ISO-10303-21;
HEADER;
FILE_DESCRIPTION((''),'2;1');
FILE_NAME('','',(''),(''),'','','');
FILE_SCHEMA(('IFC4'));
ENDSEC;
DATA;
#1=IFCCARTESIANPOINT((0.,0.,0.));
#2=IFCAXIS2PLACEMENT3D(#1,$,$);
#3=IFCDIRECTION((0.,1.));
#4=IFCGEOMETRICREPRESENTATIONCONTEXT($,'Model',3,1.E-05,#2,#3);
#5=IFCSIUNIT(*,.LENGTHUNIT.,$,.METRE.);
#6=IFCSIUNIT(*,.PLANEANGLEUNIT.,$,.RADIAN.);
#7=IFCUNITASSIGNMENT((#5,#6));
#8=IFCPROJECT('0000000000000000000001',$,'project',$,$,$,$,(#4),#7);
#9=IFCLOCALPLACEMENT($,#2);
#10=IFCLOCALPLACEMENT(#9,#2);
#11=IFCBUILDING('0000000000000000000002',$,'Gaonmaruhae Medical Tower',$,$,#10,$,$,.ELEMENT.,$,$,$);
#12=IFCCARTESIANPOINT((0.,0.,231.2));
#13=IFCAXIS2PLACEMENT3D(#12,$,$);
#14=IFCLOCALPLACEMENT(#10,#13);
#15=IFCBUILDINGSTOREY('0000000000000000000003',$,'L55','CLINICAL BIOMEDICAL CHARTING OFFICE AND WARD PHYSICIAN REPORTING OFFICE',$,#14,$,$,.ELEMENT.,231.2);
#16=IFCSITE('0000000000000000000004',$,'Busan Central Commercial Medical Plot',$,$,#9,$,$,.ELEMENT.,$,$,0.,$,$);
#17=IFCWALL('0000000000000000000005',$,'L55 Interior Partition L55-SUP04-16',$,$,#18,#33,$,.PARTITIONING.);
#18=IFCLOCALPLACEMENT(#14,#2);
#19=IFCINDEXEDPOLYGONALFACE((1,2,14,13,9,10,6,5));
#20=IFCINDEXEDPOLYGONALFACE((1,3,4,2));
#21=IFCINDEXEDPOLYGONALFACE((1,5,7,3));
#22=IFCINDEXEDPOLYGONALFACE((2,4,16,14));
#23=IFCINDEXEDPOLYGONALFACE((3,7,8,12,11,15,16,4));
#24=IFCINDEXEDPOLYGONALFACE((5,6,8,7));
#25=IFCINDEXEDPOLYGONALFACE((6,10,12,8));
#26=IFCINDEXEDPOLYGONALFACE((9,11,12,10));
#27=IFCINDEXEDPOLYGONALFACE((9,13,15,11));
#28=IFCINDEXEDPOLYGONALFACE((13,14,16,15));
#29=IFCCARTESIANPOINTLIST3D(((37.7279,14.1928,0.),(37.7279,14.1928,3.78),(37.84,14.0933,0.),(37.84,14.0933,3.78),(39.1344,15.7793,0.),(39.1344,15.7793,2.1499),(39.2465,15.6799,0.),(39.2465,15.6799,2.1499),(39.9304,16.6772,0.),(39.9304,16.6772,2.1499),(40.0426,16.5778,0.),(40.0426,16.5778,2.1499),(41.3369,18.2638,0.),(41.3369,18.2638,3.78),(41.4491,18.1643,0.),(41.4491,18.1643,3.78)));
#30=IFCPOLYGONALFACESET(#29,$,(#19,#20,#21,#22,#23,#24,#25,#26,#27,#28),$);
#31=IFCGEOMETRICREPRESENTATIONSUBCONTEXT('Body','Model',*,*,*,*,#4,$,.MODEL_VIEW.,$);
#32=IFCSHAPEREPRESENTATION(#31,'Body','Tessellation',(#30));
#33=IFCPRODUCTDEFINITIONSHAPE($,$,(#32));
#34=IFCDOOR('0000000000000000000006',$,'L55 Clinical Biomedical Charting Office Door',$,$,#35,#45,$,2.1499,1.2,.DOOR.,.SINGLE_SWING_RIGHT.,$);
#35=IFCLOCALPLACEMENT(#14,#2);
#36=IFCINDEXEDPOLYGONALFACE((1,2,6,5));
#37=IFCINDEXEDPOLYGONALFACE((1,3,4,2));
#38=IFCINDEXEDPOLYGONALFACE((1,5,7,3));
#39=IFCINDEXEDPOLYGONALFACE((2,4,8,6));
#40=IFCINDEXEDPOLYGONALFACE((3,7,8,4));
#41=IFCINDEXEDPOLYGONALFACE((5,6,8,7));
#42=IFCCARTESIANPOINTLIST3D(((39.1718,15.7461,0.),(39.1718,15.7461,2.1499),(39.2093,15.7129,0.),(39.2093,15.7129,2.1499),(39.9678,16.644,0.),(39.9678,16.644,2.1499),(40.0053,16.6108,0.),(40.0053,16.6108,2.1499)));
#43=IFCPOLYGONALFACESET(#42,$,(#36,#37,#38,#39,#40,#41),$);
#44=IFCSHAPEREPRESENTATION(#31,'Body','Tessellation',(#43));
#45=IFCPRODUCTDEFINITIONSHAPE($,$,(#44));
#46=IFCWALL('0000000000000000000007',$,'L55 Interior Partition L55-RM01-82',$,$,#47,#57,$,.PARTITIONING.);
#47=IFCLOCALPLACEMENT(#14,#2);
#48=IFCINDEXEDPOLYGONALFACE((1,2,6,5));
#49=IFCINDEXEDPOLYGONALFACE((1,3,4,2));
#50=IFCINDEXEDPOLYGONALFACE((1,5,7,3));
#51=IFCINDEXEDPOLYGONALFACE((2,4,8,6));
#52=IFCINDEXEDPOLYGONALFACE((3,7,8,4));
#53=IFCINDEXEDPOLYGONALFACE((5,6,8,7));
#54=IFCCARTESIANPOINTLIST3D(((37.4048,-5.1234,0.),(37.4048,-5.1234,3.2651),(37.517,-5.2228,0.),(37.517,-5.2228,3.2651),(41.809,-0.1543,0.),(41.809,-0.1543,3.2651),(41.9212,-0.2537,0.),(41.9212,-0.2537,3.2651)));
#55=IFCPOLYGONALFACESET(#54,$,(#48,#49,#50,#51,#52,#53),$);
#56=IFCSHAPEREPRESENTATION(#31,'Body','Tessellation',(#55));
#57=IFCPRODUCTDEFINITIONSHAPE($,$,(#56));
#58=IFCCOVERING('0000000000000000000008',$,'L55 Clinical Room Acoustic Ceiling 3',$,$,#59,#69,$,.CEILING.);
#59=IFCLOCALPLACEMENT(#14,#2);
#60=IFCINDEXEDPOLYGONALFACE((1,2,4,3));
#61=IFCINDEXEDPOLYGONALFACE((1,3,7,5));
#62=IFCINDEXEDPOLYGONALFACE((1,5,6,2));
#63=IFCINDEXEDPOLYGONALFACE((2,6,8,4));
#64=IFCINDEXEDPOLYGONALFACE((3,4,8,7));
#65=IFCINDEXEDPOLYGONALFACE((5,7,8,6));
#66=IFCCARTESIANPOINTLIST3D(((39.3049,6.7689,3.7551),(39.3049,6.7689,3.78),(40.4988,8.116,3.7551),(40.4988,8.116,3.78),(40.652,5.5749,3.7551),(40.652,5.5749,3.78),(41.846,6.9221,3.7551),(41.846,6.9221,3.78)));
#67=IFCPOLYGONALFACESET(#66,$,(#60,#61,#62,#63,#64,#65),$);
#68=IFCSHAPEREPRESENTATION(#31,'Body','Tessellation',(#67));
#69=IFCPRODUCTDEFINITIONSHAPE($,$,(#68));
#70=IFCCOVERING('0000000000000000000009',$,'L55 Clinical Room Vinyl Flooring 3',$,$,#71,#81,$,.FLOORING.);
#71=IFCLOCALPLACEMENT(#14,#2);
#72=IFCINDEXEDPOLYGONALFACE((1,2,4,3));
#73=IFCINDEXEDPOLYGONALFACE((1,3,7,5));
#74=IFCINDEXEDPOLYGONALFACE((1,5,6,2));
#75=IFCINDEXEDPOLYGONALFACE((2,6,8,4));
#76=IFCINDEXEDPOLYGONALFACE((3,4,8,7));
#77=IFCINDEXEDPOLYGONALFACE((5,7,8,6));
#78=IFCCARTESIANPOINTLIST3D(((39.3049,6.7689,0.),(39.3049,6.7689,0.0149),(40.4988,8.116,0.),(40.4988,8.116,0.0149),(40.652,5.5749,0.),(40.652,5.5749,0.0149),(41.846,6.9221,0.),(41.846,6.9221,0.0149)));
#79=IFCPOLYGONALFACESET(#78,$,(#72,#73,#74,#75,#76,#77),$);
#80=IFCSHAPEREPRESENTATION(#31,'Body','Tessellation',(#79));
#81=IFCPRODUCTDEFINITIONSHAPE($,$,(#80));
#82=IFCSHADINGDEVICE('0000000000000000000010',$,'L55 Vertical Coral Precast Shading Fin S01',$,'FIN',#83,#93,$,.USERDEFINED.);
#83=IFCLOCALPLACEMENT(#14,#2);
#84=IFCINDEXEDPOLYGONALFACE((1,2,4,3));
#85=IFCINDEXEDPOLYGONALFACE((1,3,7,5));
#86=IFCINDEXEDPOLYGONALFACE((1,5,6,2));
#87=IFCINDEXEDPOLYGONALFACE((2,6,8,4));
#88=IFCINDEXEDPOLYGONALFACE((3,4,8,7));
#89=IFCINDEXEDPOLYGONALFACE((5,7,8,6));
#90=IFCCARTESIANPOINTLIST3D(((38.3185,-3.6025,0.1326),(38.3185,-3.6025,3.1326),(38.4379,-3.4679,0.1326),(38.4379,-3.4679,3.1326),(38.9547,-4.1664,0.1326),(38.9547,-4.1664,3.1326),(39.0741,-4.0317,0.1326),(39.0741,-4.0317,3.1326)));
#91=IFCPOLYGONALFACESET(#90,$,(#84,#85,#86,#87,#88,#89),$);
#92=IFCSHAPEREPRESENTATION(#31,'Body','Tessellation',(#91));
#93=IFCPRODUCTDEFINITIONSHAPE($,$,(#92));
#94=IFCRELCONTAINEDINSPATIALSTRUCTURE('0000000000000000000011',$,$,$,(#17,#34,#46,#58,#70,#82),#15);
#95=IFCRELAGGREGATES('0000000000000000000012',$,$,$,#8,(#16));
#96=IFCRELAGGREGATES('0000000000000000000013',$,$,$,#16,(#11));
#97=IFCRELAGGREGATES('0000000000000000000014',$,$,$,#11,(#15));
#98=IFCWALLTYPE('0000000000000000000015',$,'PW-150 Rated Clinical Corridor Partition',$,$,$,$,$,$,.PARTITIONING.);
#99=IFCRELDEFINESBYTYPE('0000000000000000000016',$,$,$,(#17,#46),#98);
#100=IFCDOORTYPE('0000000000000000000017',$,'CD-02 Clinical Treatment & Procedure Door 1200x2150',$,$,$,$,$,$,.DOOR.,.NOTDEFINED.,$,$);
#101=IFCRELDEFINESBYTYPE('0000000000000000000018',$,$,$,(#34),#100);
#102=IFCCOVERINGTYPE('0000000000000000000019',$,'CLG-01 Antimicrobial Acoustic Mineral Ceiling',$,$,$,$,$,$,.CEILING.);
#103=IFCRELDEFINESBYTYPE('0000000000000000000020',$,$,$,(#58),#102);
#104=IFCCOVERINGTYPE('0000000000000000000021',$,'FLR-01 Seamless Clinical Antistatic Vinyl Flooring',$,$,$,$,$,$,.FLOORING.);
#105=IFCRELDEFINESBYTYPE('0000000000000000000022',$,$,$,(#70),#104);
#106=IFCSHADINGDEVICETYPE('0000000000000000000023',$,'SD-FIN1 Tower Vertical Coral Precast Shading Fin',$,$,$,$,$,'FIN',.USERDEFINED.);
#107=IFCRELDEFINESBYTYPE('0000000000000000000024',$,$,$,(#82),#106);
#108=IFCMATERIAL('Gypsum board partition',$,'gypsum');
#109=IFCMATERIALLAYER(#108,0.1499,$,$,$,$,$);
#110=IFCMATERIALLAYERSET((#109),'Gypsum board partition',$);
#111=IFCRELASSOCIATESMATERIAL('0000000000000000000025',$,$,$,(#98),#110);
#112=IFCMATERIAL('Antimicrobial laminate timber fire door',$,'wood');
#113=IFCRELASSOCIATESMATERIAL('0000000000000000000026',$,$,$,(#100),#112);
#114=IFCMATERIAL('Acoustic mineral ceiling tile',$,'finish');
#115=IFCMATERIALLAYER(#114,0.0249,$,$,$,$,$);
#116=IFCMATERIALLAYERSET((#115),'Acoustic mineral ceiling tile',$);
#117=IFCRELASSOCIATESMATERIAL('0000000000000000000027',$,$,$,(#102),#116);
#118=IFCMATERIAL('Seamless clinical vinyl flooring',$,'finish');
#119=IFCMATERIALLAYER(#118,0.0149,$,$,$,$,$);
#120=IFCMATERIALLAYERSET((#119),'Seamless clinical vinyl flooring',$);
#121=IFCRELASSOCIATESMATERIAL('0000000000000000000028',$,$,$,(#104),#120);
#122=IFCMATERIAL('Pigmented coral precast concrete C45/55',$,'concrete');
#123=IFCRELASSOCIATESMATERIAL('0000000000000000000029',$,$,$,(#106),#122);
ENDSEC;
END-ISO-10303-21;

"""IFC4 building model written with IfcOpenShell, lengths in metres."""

from ifc_helpers import new_model, si_unit, direction, frame, frame_2d, origin, origin_2d, place, context, subcontext, project, spatial, rectangle, extrude, material, layer, layer_set, type_object, element, fill, save


model = new_model("IFC4")

# Units and contexts
model_context = context("Model", 3, precision=1e-05, world=origin(), true_north=direction((0.0, 1.0)))
body_context = subcontext(model_context, "Body", "Model", "MODEL_VIEW")
ifc_project = project(units=[si_unit("LENGTHUNIT", "METRE"), si_unit("PLANEANGLEUNIT", "RADIAN")], contexts=[model_context])

# Site, building, storey
site_placement = place(None, origin())
site = spatial("IfcSite", under=ifc_project, at=site_placement, Name="Busan Central Commercial Medical Plot", CompositionType="ELEMENT", RefElevation=0.0)
building_placement = place(site_placement, origin())
building = spatial("IfcBuilding", under=site, at=building_placement, Name="Gaonmaruhae Medical Tower", CompositionType="ELEMENT")
storey_placement = place(building_placement, frame((0.0, 0.0, 231.2)))
storey = spatial("IfcBuildingStorey", under=building, at=storey_placement, Name="L55", Description="CLINICAL BIOMEDICAL CHARTING OFFICE AND WARD PHYSICIAN REPORTING OFFICE", CompositionType="ELEMENT", Elevation=231.2)

# Shared definitions
ifc_material_1 = material(Name="Gypsum board partition", Category="gypsum")
ifc_layer_1 = layer(ifc_material_1, 0.1499)
ifc_layer_set_1 = layer_set([ifc_layer_1], Name="Gypsum board partition")
wall_type_1 = type_object("IfcWallType", Name="PW-150 Rated Clinical Corridor Partition", PredefinedType="PARTITIONING", material=ifc_layer_set_1)
ifc_material_2 = material(Name="Antimicrobial laminate timber fire door", Category="wood")
door_type = type_object("IfcDoorType", Name="CD-02 Clinical Treatment & Procedure Door 1200x2150", OperationType="NOTDEFINED", PredefinedType="DOOR", material=ifc_material_2)

# Wall, opening, door
wall_1_placement = place(storey_placement, frame((37.7839, 14.1431, 0.0), z_axis=(0.0, 0.0, 1.0), x_axis=(0.66338, 0.748283, 0.0)))
wall_1 = element("IfcWall", 1, at=wall_1_placement, inside=storey, type_object=wall_type_1, Name="L55 Interior Partition L55-SUP04-16", PredefinedType="PARTITIONING", context=body_context, shape_type="SweptSolid", body=[
    extrude(rectangle(XDim=5.4404, YDim=0.1499, at=frame_2d((2.7202, 0.0))), origin(), (0.0, 0.0, 1.0), 3.78),
])
opening_1_placement = place(wall_1_placement, frame((2.1201, 0.0, 0.0)))
opening_1 = element("IfcOpeningElement", 2, at=opening_1_placement, cuts=wall_1, PredefinedType="OPENING", context=body_context, shape_type="SweptSolid", body=[
    extrude(rectangle(XDim=1.2, YDim=2.1499, at=frame_2d((0.6001, 1.075))), frame((0.0, 0.085, 0.0), z_axis=(0.0, -1.0, 0.0), x_axis=(1.0, 0.0, 0.0)), (0.0, 0.0, 1.0), 0.1699),
])
door_1_placement = place(opening_1_placement, origin())
door_1 = element("IfcDoor", 3, at=door_1_placement, inside=storey, type_object=door_type, Name="L55 Clinical Biomedical Charting Office Door", OperationType="SINGLE_SWING_RIGHT", OverallHeight=2.1499, OverallWidth=1.2, PredefinedType="DOOR", context=body_context, shape_type="SweptSolid", body=[
    extrude(rectangle(XDim=1.2, YDim=2.1499, at=frame_2d((0.6001, 1.075))), frame((0.0, 0.0249, 0.0), z_axis=(0.0, -1.0, 0.0), x_axis=(1.0, 0.0, 0.0)), (0.0, 0.0, 1.0), 0.05),
])
fill(opening_1, door_1)

# Wall
wall_2_placement = place(storey_placement, frame((41.865, -0.2041, 0.0), z_axis=(0.0, 0.0, 1.0), x_axis=(-0.663284, -0.748368, 0.0)))
element("IfcWall", 4, at=wall_2_placement, inside=storey, type_object=wall_type_1, Name="L55 Interior Partition L55-RM01-82", PredefinedType="PARTITIONING", context=body_context, shape_type="SweptSolid", body=[
    extrude(rectangle(XDim=6.6399, YDim=0.1499, at=frame_2d((3.3198, 0.0))), origin(), (0.0, 0.0, 1.0), 3.2651),
])

# Coverings
ifc_material_3 = material(Name="Acoustic mineral ceiling tile", Category="finish")
ifc_layer_2 = layer(ifc_material_3, 0.0249)
ifc_layer_set_2 = layer_set([ifc_layer_2], Name="Acoustic mineral ceiling tile")
covering_type_1 = type_object("IfcCoveringType", Name="CLG-01 Antimicrobial Acoustic Mineral Ceiling", PredefinedType="CEILING", material=ifc_layer_set_2)
covering_1_placement = place(storey_placement, frame((40.5754, 6.8455, 3.7551), z_axis=(0.0, 0.0, 1.0), x_axis=(0.663273, 0.748377, 0.0)))
element("IfcCovering", 5, at=covering_1_placement, inside=storey, type_object=covering_type_1, Name="L55 Clinical Room Acoustic Ceiling 3", PredefinedType="CEILING", context=body_context, shape_type="SweptSolid", body=[
    extrude(rectangle(XDim=1.8, YDim=1.8, at=origin_2d()), origin(), (0.0, 0.0, 1.0), 0.0249),
])
ifc_material_4 = material(Name="Seamless clinical vinyl flooring", Category="finish")
ifc_layer_3 = layer(ifc_material_4, 0.0149)
ifc_layer_set_3 = layer_set([ifc_layer_3], Name="Seamless clinical vinyl flooring")
covering_type_2 = type_object("IfcCoveringType", Name="FLR-01 Seamless Clinical Antistatic Vinyl Flooring", PredefinedType="FLOORING", material=ifc_layer_set_3)
covering_2_placement = place(storey_placement, frame((40.5754, 6.8455, 0.0), z_axis=(0.0, 0.0, 1.0), x_axis=(0.663273, 0.748377, 0.0)))
element("IfcCovering", 6, at=covering_2_placement, inside=storey, type_object=covering_type_2, Name="L55 Clinical Room Vinyl Flooring 3", PredefinedType="FLOORING", context=body_context, shape_type="SweptSolid", body=[
    extrude(rectangle(XDim=1.8, YDim=1.8, at=origin_2d()), origin(), (0.0, 0.0, 1.0), 0.0149),
])

# Shading device
ifc_material_5 = material(Name="Pigmented coral precast concrete C45/55", Category="concrete")
shading_device_type = type_object("IfcShadingDeviceType", Name="SD-FIN1 Tower Vertical Coral Precast Shading Fin", ElementType="FIN", PredefinedType="USERDEFINED", material=ifc_material_5)
shading_device_placement = place(storey_placement, frame((38.6963, -3.8171, 0.1326), z_axis=(0.0, 0.0, 1.0), x_axis=(-0.663273, -0.748377, 0.0)))
element("IfcShadingDevice", 7, at=shading_device_placement, inside=storey, type_object=shading_device_type, Name="L55 Vertical Coral Precast Shading Fin S01", ObjectType="FIN", PredefinedType="USERDEFINED", context=body_context, shape_type="SweptSolid", body=[
    extrude(rectangle(XDim=0.1799, YDim=0.8501, at=origin_2d()), origin(), (0.0, 0.0, 1.0), 3.0),
])

save(model, "model.ifc")
